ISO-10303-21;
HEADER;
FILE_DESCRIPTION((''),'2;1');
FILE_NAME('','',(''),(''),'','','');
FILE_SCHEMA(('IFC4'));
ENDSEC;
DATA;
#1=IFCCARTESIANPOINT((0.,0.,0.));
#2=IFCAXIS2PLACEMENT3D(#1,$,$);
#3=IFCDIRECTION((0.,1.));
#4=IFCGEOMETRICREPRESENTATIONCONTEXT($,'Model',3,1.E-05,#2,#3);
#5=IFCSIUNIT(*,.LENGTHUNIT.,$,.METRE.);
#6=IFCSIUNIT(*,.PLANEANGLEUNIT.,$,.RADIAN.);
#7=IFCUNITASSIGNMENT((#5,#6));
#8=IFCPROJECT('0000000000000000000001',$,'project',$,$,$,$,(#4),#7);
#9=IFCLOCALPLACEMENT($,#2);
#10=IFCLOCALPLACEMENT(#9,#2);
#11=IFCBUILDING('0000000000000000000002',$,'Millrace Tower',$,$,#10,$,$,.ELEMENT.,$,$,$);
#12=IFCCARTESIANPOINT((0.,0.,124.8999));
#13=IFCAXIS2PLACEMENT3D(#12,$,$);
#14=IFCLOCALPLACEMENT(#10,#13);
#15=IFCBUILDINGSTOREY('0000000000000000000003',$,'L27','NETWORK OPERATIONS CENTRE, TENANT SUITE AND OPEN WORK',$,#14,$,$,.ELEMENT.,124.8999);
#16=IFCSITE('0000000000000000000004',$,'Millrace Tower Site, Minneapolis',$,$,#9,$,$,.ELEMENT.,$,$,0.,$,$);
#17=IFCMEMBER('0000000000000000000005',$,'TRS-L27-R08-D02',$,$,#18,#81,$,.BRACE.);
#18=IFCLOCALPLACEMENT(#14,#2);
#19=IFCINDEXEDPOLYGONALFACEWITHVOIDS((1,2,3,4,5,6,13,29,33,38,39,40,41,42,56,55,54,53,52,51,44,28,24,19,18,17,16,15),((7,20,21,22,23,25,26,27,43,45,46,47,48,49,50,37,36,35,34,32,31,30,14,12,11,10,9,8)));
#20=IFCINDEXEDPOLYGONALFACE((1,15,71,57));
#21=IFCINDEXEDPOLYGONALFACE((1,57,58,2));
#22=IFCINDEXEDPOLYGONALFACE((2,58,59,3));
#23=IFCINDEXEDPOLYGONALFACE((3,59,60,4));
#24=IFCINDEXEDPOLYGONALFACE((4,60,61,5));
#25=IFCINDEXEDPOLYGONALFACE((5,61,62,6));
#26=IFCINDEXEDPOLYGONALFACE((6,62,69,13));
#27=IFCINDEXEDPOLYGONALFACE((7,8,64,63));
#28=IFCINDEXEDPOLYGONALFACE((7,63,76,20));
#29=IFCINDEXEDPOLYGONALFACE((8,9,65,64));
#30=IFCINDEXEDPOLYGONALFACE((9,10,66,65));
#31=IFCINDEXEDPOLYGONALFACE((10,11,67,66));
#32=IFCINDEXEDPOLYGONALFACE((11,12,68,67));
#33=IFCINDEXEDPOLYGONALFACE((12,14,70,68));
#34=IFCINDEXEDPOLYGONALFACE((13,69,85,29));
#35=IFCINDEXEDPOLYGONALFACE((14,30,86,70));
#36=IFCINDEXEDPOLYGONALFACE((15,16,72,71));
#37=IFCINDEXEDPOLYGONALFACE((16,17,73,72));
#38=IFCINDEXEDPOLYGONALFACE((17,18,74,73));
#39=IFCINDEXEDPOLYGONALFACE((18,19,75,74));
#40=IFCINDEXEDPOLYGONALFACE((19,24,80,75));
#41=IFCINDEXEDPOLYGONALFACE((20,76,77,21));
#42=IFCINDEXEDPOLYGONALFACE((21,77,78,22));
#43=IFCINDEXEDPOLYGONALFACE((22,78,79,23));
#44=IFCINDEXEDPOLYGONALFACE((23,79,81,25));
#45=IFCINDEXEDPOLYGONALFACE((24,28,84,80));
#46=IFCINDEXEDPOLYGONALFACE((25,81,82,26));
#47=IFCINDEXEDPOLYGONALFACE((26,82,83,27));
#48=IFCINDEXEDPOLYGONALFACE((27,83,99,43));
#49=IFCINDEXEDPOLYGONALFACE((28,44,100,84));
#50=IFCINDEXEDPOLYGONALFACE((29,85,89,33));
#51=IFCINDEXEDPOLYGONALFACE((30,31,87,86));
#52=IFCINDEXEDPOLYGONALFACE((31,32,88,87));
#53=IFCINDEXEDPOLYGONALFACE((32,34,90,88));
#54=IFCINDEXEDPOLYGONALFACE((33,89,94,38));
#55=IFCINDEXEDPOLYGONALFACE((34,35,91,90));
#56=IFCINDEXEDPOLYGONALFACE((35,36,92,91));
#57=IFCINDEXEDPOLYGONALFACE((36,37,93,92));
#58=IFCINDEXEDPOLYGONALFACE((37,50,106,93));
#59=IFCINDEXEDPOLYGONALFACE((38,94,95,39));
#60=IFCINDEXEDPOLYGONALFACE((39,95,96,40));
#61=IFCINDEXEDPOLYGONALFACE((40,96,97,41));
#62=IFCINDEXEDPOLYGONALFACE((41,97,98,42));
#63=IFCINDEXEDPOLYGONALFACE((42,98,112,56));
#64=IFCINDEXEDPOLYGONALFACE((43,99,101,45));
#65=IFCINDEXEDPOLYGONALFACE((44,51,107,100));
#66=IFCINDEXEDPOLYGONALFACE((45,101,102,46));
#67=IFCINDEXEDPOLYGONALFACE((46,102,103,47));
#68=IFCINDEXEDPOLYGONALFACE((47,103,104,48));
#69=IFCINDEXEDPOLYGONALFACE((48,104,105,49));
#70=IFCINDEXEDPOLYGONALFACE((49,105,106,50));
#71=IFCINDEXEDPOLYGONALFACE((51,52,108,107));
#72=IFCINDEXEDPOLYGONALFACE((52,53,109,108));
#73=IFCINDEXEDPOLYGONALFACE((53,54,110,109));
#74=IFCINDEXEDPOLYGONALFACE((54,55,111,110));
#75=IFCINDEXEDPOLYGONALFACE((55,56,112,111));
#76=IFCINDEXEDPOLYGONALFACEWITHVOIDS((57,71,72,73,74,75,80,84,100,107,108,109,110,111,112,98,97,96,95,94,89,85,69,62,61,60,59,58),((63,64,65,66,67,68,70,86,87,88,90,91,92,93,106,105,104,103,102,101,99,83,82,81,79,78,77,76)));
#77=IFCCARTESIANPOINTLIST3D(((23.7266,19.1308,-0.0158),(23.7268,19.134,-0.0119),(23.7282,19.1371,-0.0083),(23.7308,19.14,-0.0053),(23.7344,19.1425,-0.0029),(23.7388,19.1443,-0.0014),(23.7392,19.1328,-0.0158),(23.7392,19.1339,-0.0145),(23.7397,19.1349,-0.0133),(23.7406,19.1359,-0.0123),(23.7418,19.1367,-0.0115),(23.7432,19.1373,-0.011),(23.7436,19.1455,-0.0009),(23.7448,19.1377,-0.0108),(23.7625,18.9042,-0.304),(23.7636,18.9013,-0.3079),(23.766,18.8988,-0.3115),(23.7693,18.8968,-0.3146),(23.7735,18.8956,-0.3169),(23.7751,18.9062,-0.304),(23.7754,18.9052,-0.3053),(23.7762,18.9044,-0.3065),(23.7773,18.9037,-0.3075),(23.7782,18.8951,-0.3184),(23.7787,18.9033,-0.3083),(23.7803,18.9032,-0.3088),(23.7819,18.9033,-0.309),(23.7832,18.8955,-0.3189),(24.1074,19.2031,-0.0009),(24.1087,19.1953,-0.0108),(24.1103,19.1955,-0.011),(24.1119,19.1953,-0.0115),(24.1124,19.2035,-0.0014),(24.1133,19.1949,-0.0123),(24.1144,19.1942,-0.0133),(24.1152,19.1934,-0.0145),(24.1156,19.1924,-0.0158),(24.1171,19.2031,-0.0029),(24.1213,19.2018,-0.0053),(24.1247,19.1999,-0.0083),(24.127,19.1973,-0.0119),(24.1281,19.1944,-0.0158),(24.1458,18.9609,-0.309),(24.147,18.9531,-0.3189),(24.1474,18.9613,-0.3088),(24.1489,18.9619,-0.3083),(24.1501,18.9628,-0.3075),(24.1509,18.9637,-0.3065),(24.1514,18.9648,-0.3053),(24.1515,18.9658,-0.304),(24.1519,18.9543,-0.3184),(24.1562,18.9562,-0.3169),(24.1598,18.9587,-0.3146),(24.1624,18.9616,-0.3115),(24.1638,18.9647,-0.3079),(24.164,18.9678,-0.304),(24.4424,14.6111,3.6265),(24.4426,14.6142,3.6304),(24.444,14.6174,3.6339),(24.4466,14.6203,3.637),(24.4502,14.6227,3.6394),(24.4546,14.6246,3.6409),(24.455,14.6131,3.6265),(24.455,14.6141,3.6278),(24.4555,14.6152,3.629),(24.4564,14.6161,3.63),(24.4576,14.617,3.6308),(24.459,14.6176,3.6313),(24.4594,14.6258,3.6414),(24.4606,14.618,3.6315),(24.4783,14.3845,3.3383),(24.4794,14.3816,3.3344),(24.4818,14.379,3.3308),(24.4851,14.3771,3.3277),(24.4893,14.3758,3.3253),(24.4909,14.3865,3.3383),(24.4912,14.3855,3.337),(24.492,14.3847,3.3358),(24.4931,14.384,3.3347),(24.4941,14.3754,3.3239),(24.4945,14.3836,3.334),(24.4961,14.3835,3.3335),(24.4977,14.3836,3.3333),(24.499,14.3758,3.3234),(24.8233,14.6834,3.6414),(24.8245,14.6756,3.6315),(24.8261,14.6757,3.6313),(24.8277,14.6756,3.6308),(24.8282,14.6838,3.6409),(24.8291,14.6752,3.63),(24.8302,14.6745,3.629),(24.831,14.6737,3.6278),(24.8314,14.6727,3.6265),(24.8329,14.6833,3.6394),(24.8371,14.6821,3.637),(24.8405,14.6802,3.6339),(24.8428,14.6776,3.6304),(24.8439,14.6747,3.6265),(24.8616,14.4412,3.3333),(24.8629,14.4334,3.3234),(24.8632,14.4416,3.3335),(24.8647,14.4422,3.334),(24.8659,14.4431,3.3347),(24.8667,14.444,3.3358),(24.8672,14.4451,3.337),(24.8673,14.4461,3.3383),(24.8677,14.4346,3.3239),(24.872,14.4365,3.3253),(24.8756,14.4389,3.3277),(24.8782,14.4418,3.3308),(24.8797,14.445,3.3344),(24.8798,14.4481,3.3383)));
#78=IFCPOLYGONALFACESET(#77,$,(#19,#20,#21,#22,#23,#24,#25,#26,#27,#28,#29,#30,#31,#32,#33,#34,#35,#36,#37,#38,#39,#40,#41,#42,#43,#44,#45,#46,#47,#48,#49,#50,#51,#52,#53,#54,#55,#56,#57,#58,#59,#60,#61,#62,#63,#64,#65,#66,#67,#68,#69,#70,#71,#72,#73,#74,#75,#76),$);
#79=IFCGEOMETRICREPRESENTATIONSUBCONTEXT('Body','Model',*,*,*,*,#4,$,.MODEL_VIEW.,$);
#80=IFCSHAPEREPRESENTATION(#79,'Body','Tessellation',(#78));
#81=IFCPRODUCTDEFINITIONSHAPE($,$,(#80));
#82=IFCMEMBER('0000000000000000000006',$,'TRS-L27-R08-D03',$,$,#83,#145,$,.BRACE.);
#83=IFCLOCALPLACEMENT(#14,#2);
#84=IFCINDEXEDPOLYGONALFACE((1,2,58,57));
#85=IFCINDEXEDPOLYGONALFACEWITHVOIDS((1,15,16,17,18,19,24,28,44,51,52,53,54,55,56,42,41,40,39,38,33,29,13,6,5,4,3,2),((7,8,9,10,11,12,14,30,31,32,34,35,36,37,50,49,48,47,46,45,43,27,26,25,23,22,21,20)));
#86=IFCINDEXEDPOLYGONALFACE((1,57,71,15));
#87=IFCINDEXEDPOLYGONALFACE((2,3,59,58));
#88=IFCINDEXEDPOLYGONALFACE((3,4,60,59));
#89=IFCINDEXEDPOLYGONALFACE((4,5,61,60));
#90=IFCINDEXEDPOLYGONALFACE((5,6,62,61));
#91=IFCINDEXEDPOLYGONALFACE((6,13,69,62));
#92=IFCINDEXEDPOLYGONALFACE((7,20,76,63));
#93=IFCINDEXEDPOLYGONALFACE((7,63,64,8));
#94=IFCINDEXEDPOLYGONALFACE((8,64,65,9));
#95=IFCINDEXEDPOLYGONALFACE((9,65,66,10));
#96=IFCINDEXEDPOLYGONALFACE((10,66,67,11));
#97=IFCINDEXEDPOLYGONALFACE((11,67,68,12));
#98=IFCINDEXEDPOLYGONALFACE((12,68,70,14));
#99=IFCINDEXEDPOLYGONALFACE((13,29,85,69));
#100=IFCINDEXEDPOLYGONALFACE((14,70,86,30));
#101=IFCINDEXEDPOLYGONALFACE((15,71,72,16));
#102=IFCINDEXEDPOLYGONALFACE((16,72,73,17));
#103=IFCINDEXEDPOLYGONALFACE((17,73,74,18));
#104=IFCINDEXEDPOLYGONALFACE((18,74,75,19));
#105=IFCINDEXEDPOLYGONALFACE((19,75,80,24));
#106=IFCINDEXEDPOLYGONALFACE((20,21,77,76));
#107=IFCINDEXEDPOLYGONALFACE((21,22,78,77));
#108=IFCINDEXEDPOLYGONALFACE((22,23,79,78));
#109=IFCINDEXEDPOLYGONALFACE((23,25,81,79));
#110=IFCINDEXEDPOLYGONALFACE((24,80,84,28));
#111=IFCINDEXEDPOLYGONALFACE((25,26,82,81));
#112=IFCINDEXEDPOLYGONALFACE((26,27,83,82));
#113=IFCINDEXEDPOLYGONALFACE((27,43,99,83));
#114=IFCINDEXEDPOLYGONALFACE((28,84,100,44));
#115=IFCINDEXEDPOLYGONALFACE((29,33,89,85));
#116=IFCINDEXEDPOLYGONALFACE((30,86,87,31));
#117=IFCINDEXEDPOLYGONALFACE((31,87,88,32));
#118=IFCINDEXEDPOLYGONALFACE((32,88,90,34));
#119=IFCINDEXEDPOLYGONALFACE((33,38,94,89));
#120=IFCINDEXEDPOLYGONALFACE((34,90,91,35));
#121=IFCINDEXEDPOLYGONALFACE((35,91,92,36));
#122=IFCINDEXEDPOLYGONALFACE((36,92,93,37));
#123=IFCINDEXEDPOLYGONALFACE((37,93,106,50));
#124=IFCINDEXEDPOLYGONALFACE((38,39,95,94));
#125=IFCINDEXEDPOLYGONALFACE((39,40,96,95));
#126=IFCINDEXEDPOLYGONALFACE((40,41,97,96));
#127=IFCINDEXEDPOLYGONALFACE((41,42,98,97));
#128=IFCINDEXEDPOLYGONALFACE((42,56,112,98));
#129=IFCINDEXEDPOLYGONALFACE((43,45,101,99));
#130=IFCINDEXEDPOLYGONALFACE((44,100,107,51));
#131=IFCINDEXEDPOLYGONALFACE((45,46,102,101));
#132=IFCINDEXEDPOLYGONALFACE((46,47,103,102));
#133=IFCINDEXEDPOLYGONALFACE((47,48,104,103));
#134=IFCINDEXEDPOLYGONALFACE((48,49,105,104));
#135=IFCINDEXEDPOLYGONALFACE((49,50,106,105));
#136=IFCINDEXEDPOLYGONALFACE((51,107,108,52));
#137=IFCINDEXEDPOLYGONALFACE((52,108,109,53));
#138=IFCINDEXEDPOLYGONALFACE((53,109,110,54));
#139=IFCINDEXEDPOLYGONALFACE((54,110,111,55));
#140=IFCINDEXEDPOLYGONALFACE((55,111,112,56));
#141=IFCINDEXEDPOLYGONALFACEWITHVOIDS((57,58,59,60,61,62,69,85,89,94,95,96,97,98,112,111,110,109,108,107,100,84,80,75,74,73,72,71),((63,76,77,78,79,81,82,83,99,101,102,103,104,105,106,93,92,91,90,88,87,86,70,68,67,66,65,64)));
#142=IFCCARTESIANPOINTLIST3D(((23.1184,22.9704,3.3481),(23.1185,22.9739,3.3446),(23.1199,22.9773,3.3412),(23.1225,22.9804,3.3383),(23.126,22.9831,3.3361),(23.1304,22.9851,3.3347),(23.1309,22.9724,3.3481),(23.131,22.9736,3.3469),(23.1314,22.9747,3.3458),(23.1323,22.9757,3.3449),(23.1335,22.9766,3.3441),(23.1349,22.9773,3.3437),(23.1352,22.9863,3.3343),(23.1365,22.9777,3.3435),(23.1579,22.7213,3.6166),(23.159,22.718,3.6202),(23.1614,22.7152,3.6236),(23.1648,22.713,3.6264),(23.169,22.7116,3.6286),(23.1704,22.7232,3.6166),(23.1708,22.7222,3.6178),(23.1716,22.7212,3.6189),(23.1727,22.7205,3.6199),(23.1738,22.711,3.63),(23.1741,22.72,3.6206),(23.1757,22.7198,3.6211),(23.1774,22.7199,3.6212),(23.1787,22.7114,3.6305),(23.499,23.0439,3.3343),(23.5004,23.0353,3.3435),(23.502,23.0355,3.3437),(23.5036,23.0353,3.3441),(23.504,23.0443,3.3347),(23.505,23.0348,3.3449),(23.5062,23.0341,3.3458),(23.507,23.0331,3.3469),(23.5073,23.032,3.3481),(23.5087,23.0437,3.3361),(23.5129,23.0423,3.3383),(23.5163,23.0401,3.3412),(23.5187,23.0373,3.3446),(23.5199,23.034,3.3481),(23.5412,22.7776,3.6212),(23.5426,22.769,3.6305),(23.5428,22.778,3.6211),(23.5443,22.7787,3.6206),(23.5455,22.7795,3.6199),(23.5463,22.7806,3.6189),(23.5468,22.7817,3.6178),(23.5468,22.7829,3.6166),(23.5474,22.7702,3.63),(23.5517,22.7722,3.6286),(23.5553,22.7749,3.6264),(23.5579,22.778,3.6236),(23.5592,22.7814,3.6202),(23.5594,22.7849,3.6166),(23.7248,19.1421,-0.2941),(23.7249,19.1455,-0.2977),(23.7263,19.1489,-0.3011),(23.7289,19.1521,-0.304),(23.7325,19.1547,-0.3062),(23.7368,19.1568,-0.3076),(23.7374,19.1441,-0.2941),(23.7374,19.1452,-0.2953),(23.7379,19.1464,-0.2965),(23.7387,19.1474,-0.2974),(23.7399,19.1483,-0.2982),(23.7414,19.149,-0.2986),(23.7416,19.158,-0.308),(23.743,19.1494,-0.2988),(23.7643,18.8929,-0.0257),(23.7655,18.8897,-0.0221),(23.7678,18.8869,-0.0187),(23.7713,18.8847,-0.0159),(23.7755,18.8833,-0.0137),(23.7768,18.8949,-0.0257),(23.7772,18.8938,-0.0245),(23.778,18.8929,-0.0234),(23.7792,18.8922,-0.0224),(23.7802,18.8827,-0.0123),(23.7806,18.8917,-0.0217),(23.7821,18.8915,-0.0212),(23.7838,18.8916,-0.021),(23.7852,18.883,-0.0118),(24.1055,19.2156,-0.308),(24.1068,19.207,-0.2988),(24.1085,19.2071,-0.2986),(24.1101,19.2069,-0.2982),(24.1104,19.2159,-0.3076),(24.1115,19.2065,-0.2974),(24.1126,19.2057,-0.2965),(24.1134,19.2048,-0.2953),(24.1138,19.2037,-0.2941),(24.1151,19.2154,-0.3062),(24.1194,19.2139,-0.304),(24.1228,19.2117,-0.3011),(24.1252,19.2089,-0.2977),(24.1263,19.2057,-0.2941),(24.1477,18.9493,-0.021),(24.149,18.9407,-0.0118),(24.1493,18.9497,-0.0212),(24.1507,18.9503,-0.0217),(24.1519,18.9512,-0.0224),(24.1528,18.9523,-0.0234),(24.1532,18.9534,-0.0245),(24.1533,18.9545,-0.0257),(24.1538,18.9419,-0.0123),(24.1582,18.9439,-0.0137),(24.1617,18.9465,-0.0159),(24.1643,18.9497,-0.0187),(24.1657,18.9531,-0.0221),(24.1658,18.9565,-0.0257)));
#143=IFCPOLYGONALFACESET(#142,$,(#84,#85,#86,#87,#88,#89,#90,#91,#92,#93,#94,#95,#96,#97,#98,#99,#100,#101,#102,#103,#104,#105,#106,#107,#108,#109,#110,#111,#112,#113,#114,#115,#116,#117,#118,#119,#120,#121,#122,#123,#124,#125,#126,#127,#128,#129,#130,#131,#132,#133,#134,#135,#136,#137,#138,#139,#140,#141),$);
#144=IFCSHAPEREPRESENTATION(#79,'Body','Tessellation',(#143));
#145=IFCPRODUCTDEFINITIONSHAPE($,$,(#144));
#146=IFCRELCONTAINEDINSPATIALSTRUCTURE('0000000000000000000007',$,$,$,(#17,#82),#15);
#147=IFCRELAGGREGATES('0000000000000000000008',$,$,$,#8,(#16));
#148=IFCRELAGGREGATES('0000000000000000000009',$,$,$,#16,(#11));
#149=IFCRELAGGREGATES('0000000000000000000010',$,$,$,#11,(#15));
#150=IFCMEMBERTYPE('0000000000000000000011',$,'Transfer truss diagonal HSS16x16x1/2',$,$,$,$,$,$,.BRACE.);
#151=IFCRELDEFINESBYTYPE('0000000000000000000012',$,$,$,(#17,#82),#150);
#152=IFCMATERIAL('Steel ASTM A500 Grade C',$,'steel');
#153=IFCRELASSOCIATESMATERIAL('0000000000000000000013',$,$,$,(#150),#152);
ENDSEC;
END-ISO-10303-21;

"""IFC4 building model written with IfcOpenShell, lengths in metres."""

from ifc_helpers import new_model, si_unit, direction, frame, origin, origin_2d, place, context, subcontext, project, spatial, hollow_rectangle, extrude, material, material_profile, profile_set, type_object, element, save


model = new_model("IFC4")

# Units and contexts
model_context = context("Model", 3, precision=1e-05, world=origin(), true_north=direction((0.0, 1.0)))
body_context = subcontext(model_context, "Body", "Model", "MODEL_VIEW")
ifc_project = project(units=[si_unit("LENGTHUNIT", "METRE"), si_unit("PLANEANGLEUNIT", "RADIAN")], contexts=[model_context])

# Site, building, storey
site_placement = place(None, origin())
site = spatial("IfcSite", under=ifc_project, at=site_placement, Name="Millrace Tower Site, Minneapolis", CompositionType="ELEMENT", RefElevation=0.0)
building_placement = place(site_placement, origin())
building = spatial("IfcBuilding", under=site, at=building_placement, Name="Millrace Tower", CompositionType="ELEMENT")
storey_placement = place(building_placement, frame((0.0, 0.0, 124.8999)))
storey = spatial("IfcBuildingStorey", under=building, at=storey_placement, Name="L27", Description="NETWORK OPERATIONS CENTRE, TENANT SUITE AND OPEN WORK", CompositionType="ELEMENT", Elevation=124.8999)

# Members
ifc_material_1 = material(Name="Steel ASTM A500 Grade C", Category="steel")
ifc_material_profile_1 = material_profile(ifc_material_1, hollow_rectangle(XDim=0.4065, YDim=0.4065, WallThickness=0.0127, InnerFilletRadius=0.0063, OuterFilletRadius=0.019, at=origin_2d()))
ifc_profile_set_1 = profile_set([ifc_material_profile_1], Name="Steel ASTM A500 Grade C")
member_type_1 = type_object("IfcMemberType", Name="Transfer truss diagonal HSS16x16x1/2", PredefinedType="BRACE", material=ifc_profile_set_1)
member_1_placement = place(storey_placement, frame((23.9453, 19.0493, -0.1599), z_axis=(0.12239, -0.772782, 0.622759), x_axis=(0.98769, 0.156426, 0.0)))
element("IfcMember", 1, at=member_1_placement, inside=storey, type_object=member_type_1, Name="TRS-L27-R08-D02", PredefinedType="BRACE", context=body_context, shape_type="SweptSolid", body=[
    extrude(hollow_rectangle(XDim=0.4065, YDim=0.4065, WallThickness=0.0127, InnerFilletRadius=0.0063, OuterFilletRadius=0.019, at=origin_2d()), origin(), (0.0, 0.0, 1.0), 5.8486),
])
member_2_placement = place(storey_placement, frame((23.9453, 19.0493, -0.1599), z_axis=(-0.114017, 0.719766, 0.68479), x_axis=(-0.987685, -0.156457, 0.0)))
element("IfcMember", 2, at=member_2_placement, inside=storey, type_object=member_type_1, Name="TRS-L27-R08-D03", PredefinedType="BRACE", context=body_context, shape_type="SweptSolid", body=[
    extrude(hollow_rectangle(XDim=0.4065, YDim=0.4065, WallThickness=0.0127, InnerFilletRadius=0.0063, OuterFilletRadius=0.019, at=origin_2d()), origin(), (0.0, 0.0, 1.0), 5.3188),
])

save(model, "model.ifc")
